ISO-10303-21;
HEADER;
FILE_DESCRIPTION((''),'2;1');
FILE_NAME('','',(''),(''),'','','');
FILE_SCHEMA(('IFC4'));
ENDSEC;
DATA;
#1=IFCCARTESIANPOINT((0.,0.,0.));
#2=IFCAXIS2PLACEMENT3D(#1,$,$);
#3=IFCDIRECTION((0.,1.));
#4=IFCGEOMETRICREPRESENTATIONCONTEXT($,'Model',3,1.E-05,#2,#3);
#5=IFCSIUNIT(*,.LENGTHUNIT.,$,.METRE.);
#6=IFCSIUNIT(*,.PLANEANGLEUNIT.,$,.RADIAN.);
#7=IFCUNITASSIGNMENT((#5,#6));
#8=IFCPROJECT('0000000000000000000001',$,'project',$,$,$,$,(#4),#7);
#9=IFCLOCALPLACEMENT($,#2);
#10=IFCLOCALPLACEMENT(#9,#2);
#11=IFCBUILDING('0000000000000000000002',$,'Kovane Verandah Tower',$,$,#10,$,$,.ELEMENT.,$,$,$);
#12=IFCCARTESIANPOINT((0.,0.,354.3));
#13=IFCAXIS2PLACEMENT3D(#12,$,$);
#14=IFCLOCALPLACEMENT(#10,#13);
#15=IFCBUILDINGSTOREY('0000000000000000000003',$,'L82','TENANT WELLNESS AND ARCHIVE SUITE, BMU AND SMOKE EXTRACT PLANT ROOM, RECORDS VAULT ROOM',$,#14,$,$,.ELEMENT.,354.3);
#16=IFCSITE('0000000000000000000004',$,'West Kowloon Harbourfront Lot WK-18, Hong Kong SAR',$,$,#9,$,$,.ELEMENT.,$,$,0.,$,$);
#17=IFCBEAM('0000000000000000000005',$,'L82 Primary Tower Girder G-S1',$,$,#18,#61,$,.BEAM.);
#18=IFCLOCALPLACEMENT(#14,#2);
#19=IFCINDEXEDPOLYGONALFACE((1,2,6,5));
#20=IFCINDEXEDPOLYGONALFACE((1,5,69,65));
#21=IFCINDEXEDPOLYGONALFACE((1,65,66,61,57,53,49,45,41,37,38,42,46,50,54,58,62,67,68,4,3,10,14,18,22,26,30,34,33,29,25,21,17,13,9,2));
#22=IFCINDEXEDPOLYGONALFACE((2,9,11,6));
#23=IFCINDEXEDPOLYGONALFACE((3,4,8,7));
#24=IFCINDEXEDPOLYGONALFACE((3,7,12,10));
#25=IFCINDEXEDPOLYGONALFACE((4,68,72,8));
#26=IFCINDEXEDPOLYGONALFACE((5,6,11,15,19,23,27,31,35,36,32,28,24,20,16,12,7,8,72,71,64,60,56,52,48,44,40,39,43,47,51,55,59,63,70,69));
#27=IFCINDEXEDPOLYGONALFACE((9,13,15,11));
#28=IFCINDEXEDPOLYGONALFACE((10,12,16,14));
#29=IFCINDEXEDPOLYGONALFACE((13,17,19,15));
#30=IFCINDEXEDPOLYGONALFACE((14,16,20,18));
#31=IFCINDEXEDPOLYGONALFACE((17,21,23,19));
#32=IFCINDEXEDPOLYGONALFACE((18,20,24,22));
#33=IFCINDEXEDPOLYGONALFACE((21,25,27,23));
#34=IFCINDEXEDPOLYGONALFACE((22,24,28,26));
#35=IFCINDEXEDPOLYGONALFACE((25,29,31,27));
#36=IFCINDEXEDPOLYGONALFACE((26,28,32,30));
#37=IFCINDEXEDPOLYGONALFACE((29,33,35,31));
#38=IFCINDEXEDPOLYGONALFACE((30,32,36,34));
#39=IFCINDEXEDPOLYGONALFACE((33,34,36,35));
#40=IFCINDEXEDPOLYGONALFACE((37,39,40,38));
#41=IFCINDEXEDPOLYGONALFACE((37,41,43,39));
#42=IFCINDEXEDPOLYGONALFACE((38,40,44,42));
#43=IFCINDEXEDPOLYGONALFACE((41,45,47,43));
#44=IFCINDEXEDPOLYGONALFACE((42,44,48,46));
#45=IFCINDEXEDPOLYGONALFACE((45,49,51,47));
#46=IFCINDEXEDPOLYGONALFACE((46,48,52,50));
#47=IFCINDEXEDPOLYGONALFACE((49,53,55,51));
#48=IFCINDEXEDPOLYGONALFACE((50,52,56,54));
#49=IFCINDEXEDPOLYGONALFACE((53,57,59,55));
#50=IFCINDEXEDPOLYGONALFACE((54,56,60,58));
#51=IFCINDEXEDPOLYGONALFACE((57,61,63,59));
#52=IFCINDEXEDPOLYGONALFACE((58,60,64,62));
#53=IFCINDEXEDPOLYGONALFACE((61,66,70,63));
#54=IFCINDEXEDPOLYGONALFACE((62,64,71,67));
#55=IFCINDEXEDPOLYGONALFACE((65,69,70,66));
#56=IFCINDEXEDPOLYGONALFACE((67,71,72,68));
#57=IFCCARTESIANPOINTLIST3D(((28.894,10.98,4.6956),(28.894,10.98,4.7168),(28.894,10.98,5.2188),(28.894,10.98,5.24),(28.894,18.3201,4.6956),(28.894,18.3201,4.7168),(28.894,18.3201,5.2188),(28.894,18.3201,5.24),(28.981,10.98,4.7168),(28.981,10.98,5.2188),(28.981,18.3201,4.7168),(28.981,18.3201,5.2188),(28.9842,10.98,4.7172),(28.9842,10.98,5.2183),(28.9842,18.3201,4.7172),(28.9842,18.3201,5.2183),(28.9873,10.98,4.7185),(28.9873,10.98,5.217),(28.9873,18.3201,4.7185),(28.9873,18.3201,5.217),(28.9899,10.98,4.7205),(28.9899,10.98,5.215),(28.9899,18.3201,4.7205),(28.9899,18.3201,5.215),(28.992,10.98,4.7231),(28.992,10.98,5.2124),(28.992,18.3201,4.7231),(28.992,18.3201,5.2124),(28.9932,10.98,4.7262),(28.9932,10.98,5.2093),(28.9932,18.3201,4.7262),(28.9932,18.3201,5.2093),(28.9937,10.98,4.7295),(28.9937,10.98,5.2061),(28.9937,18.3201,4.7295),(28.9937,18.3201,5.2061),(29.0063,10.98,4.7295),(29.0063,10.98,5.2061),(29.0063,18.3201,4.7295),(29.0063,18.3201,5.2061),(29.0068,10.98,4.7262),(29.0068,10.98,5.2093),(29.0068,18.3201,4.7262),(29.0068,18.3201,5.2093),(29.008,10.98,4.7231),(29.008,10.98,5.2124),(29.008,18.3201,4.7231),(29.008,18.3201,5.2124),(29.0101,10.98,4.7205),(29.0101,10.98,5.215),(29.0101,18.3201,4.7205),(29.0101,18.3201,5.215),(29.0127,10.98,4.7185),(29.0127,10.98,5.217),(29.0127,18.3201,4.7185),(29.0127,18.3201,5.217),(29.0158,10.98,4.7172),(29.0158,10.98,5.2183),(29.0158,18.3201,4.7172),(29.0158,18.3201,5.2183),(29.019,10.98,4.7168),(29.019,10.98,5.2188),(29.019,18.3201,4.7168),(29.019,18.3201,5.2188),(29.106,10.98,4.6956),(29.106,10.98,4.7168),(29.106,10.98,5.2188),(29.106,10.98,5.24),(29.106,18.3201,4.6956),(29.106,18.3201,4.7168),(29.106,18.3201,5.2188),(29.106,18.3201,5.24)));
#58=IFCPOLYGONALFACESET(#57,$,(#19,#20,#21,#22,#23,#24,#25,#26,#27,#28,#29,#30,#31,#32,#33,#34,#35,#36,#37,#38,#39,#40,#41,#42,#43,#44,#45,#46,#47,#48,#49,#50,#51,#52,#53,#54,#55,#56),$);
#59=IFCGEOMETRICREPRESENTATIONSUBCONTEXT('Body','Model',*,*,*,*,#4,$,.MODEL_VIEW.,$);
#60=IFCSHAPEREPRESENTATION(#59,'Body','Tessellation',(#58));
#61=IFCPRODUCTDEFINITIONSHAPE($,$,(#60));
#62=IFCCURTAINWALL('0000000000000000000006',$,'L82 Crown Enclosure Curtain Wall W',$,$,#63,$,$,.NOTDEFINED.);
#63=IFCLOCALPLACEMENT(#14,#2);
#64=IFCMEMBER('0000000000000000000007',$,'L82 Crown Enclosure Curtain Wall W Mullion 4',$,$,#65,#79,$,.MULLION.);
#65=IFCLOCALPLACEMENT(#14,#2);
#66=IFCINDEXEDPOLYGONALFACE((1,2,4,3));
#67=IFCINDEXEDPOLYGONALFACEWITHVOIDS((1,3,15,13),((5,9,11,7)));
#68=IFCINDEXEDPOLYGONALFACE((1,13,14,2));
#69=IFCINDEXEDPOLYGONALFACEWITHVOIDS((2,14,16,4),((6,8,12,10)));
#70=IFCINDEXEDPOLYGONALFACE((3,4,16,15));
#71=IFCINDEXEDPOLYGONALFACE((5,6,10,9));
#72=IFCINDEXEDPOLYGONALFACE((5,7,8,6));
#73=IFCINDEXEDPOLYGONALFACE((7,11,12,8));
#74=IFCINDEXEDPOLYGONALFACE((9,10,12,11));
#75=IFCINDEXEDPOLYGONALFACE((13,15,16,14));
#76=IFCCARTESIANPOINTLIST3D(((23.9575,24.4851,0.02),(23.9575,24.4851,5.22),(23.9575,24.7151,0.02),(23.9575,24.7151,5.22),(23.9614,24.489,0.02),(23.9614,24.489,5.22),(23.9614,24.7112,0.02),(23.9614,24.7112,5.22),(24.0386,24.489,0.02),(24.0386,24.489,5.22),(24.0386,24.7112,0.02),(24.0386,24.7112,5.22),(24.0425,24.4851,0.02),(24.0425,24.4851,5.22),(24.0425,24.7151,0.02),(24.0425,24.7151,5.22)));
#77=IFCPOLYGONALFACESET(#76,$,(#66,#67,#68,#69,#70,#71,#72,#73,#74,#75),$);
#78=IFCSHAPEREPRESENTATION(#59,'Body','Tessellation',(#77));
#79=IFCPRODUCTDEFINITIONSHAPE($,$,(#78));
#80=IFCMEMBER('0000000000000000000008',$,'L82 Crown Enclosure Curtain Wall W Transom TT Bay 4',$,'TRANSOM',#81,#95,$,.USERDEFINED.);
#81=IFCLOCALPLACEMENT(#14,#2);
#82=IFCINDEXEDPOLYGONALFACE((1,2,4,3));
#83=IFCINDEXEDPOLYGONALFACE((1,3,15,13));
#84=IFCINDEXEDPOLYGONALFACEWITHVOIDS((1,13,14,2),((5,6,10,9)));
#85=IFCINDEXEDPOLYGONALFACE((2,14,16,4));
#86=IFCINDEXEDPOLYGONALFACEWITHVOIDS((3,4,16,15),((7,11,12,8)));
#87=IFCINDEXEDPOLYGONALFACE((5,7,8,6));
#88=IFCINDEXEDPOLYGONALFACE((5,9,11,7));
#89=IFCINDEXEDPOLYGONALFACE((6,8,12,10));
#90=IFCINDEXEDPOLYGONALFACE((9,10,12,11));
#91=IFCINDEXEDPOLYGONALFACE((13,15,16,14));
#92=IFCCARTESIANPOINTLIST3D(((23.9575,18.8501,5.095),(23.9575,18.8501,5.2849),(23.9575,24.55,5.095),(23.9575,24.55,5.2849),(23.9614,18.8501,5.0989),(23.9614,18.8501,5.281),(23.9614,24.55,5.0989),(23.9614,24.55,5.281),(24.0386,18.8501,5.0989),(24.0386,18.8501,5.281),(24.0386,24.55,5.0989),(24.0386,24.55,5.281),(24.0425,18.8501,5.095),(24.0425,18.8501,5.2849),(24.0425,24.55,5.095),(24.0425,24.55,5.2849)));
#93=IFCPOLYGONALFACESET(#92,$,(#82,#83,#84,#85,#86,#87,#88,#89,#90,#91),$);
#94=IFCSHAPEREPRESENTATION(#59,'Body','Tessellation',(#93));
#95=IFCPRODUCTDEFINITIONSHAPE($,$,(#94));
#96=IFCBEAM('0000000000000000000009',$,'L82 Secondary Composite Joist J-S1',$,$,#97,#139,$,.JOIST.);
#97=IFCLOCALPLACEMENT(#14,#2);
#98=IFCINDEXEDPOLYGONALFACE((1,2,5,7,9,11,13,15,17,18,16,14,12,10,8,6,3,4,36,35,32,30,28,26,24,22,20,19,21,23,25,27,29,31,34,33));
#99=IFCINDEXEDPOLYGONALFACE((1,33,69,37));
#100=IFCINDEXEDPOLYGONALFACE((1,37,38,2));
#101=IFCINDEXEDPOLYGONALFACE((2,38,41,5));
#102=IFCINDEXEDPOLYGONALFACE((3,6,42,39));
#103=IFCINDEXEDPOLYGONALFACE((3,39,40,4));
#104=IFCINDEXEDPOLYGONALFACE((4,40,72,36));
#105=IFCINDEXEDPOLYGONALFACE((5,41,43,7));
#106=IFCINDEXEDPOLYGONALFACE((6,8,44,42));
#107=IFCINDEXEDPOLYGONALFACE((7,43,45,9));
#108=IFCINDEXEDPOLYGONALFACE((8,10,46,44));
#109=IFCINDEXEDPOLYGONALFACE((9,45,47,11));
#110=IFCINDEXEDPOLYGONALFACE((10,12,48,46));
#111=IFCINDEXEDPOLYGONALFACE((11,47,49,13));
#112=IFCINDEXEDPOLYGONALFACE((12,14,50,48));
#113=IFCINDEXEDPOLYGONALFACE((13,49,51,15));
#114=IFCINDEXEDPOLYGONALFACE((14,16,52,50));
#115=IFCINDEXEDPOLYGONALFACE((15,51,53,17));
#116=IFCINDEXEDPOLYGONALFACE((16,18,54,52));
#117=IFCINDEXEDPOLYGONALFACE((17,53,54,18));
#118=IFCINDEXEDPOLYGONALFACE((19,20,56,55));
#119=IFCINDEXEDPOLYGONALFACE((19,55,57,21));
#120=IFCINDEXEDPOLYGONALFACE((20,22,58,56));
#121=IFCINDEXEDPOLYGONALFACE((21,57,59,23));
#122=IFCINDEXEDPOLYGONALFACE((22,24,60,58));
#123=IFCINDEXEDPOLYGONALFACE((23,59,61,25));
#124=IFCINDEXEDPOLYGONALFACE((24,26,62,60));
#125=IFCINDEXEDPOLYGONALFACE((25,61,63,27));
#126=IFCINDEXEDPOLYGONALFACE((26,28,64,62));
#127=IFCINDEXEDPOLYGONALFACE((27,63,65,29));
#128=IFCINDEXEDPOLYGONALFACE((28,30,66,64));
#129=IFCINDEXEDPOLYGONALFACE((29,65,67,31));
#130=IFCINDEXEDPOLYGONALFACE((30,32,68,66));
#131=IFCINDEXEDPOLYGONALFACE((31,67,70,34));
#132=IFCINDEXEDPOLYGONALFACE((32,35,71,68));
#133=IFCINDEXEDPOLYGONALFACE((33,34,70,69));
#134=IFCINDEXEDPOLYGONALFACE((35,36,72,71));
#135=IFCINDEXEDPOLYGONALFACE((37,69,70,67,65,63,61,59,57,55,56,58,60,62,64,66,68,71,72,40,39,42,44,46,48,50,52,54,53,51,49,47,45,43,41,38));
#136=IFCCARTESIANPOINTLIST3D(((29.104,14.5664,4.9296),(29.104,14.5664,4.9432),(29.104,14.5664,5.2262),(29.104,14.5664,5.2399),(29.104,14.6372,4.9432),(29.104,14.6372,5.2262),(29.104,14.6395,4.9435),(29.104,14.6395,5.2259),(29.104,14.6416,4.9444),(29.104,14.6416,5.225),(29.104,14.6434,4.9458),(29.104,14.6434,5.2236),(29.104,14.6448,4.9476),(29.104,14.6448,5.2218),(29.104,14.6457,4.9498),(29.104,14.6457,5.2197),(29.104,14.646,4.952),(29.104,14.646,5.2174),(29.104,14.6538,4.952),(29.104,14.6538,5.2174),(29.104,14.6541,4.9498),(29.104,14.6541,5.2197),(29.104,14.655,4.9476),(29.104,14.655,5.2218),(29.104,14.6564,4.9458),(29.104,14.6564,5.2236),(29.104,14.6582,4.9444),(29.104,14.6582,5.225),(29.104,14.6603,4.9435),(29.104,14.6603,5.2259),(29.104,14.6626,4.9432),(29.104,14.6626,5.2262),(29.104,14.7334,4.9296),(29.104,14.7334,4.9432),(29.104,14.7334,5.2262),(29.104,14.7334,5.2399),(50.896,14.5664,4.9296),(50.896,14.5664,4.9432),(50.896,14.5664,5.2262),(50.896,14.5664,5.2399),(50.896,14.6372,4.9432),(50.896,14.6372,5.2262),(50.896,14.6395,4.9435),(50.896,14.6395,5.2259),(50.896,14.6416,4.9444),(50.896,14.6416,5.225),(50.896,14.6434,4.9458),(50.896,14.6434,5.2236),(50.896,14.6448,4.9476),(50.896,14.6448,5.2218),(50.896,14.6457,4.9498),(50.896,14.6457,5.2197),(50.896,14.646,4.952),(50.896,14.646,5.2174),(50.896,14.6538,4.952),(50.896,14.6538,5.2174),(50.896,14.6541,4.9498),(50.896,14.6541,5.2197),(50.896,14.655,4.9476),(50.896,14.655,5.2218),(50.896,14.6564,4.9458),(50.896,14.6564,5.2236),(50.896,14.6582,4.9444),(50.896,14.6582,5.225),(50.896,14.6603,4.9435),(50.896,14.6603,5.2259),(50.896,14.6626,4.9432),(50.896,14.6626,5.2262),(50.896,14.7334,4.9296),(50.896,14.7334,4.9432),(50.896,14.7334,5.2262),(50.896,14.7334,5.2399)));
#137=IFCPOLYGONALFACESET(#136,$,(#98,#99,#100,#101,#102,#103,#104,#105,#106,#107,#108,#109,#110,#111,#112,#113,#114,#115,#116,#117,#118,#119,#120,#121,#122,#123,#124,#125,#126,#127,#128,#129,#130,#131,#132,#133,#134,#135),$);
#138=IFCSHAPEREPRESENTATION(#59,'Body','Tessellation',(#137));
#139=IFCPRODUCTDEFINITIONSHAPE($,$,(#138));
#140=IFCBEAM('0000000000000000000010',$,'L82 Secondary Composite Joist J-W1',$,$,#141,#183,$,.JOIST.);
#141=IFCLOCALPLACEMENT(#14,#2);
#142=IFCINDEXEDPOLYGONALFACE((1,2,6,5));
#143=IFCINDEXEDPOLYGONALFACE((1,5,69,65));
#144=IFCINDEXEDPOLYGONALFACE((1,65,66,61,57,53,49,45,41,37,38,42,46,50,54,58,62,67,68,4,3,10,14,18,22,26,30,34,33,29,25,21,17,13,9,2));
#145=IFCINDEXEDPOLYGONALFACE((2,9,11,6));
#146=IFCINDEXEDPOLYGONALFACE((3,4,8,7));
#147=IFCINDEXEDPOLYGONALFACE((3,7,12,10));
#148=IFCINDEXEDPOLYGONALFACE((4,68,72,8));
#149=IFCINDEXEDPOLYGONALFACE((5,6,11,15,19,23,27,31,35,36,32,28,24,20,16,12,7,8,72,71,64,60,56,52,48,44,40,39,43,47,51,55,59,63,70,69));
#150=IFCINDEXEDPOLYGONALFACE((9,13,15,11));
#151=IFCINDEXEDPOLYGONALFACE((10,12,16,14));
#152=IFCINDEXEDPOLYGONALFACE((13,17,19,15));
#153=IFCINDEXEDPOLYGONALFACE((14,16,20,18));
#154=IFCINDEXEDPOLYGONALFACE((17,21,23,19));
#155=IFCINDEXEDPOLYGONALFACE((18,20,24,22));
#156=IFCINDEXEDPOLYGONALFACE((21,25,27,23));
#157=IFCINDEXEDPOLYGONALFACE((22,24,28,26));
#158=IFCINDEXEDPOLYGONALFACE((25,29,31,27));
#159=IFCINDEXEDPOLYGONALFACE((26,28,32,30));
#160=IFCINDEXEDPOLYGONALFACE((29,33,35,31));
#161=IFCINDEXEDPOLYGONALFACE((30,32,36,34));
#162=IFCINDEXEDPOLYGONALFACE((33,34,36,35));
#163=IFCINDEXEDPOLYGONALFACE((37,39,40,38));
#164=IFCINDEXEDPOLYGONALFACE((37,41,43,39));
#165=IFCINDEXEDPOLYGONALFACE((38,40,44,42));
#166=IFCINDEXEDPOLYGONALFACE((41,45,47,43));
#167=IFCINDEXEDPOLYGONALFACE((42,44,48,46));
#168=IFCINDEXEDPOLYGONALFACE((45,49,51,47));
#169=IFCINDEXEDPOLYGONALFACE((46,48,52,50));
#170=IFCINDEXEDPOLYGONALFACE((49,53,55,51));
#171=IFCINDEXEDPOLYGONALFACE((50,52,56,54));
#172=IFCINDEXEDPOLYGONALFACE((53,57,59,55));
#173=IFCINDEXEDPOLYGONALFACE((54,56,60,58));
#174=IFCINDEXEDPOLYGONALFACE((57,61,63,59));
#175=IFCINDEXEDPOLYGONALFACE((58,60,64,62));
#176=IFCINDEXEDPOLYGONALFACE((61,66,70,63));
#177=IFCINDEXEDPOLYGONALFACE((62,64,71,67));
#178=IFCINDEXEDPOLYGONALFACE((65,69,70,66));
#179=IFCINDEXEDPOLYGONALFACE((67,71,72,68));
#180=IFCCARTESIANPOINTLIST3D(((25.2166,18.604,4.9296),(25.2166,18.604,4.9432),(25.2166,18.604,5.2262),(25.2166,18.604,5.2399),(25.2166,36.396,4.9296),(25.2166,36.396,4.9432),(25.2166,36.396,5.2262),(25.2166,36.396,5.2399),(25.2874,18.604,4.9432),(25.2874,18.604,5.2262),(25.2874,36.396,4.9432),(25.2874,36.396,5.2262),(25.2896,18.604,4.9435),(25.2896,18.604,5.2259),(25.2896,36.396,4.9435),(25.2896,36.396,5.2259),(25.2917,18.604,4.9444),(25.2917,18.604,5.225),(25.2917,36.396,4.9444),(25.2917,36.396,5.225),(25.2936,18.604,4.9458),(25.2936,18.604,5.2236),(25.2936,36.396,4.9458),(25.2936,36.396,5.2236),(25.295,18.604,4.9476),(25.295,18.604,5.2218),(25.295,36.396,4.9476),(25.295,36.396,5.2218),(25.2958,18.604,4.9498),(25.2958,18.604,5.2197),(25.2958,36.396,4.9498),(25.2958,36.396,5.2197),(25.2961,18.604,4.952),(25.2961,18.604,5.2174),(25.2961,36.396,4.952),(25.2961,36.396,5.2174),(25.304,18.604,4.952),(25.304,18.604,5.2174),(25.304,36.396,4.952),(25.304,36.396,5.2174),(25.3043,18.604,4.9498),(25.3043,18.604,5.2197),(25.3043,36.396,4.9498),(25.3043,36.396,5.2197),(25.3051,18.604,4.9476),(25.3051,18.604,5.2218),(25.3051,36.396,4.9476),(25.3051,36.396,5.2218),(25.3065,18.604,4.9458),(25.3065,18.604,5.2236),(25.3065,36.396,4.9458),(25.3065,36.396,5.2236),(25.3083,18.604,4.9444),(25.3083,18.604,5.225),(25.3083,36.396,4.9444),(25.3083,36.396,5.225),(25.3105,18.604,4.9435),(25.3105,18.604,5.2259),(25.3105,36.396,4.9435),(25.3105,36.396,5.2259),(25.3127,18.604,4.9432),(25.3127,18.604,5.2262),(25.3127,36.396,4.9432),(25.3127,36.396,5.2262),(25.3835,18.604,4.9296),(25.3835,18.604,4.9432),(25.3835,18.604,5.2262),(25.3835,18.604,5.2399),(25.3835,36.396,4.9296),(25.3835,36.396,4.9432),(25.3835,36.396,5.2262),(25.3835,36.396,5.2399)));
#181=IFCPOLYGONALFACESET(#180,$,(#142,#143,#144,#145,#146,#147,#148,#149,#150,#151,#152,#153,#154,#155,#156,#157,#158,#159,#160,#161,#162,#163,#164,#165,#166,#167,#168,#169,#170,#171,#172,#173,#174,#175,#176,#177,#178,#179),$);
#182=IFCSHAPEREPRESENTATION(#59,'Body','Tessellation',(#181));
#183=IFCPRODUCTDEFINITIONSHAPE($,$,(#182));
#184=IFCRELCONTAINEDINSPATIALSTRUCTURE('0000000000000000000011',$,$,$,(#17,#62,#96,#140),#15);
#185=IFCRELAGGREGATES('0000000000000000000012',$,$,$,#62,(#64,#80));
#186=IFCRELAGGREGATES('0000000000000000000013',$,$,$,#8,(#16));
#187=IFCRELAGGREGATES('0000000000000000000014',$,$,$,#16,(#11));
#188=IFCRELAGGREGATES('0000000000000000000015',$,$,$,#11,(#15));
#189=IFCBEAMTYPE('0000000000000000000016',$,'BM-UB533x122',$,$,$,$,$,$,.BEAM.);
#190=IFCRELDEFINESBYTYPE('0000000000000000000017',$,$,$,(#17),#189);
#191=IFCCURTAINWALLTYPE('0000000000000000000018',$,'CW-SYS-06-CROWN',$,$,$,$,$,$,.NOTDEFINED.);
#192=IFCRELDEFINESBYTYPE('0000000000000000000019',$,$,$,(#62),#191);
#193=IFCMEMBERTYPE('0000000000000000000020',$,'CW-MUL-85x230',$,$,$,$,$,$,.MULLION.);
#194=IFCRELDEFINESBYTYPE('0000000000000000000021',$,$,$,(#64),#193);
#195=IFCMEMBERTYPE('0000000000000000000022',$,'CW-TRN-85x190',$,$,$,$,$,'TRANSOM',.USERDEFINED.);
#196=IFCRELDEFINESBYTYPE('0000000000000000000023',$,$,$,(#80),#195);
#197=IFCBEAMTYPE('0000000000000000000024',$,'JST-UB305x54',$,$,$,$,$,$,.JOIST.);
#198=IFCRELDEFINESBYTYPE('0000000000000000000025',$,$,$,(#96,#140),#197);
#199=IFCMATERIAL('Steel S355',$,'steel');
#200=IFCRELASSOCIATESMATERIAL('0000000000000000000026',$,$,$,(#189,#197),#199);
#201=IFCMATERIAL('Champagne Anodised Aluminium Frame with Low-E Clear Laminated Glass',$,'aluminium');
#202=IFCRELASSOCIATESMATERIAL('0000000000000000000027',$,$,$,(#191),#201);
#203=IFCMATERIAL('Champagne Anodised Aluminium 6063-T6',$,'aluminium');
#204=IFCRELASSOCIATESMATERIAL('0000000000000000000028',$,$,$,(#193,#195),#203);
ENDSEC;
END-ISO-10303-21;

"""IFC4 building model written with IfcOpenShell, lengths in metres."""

from ifc_helpers import new_model, si_unit, direction, frame, origin, origin_2d, place, context, subcontext, project, spatial, hollow_rectangle, i_section, extrude, material, material_profile, profile_set, type_object, element, aggregate, save


model = new_model("IFC4")

# Units and contexts
model_context = context("Model", 3, precision=1e-05, world=origin(), true_north=direction((0.0, 1.0)))
body_context = subcontext(model_context, "Body", "Model", "MODEL_VIEW")
ifc_project = project(units=[si_unit("LENGTHUNIT", "METRE"), si_unit("PLANEANGLEUNIT", "RADIAN")], contexts=[model_context])

# Site, building, storey
site_placement = place(None, origin())
site = spatial("IfcSite", under=ifc_project, at=site_placement, Name="West Kowloon Harbourfront Lot WK-18, Hong Kong SAR", CompositionType="ELEMENT", RefElevation=0.0)
building_placement = place(site_placement, origin())
building = spatial("IfcBuilding", under=site, at=building_placement, Name="Kovane Verandah Tower", CompositionType="ELEMENT")
storey_placement = place(building_placement, frame((0.0, 0.0, 354.3)))
storey = spatial("IfcBuildingStorey", under=building, at=storey_placement, Name="L82", Description="TENANT WELLNESS AND ARCHIVE SUITE, BMU AND SMOKE EXTRACT PLANT ROOM, RECORDS VAULT ROOM", CompositionType="ELEMENT", Elevation=354.3)

# Beam
ifc_material_1 = material(Name="Steel S355", Category="steel")
ifc_material_profile_1 = material_profile(ifc_material_1, i_section(OverallWidth=0.2119, OverallDepth=0.5444, WebThickness=0.0127, FlangeThickness=0.0212, FilletRadius=0.0127, at=origin_2d()), Name="UB533x210x122")
ifc_profile_set_1 = profile_set([ifc_material_profile_1], Name="Steel S355")
beam_type_1 = type_object("IfcBeamType", Name="BM-UB533x122", PredefinedType="BEAM", material=ifc_profile_set_1)
beam_1_placement = place(storey_placement, frame((29.0, 18.3201, 4.9678), z_axis=(0.0, -1.0, 0.0), x_axis=(1.0, 0.0, 0.0)))
element("IfcBeam", 1, at=beam_1_placement, inside=storey, type_object=beam_type_1, Name="L82 Primary Tower Girder G-S1", PredefinedType="BEAM", context=body_context, shape_type="SweptSolid", body=[
    extrude(i_section(OverallWidth=0.2119, OverallDepth=0.5444, WebThickness=0.0127, FlangeThickness=0.0212, FilletRadius=0.0127, at=origin_2d()), origin(), (0.0, 0.0, 1.0), 7.3401),
])

# Curtain wall, members
ifc_material_2 = material(Name="Champagne Anodised Aluminium Frame with Low-E Clear Laminated Glass", Category="aluminium")
curtain_wall_type = type_object("IfcCurtainWallType", Name="CW-SYS-06-CROWN", PredefinedType="NOTDEFINED", material=ifc_material_2)
curtain_wall_placement = place(storey_placement, origin())
curtain_wall = element("IfcCurtainWall", 2, at=curtain_wall_placement, inside=storey, type_object=curtain_wall_type, Name="L82 Crown Enclosure Curtain Wall W", PredefinedType="NOTDEFINED")
ifc_material_3 = material(Name="Champagne Anodised Aluminium 6063-T6", Category="aluminium")
ifc_material_profile_2 = material_profile(ifc_material_3, hollow_rectangle(XDim=0.085, YDim=0.23, WallThickness=0.0039, at=origin_2d()), Name="AL85x230x4")
ifc_profile_set_2 = profile_set([ifc_material_profile_2], Name="Champagne Anodised Aluminium 6063-T6")
member_type_1 = type_object("IfcMemberType", Name="CW-MUL-85x230", PredefinedType="MULLION", material=ifc_profile_set_2)
member_1_placement = place(storey_placement, frame((24.0, 24.6001, 0.02), z_axis=(0.0, 0.0, 1.0), x_axis=(-1.0, 0.0, 0.0)))
member_1 = element("IfcMember", 3, at=member_1_placement, type_object=member_type_1, Name="L82 Crown Enclosure Curtain Wall W Mullion 4", PredefinedType="MULLION", context=body_context, shape_type="SweptSolid", body=[
    extrude(hollow_rectangle(XDim=0.085, YDim=0.23, WallThickness=0.0039, at=origin_2d()), origin(), (0.0, 0.0, 1.0), 5.2),
])
ifc_material_profile_3 = material_profile(ifc_material_3, hollow_rectangle(XDim=0.085, YDim=0.1899, WallThickness=0.0039, at=origin_2d()), Name="AL85x190x4")
ifc_profile_set_3 = profile_set([ifc_material_profile_3], Name="Champagne Anodised Aluminium 6063-T6")
member_type_2 = type_object("IfcMemberType", Name="CW-TRN-85x190", ElementType="TRANSOM", PredefinedType="USERDEFINED", material=ifc_profile_set_3)
member_2_placement = place(storey_placement, frame((24.0, 24.55, 5.1899), z_axis=(0.0, -1.0, 0.0), x_axis=(1.0, 0.0, 0.0)))
member_2 = element("IfcMember", 4, at=member_2_placement, type_object=member_type_2, Name="L82 Crown Enclosure Curtain Wall W Transom TT Bay 4", ObjectType="TRANSOM", PredefinedType="USERDEFINED", context=body_context, shape_type="SweptSolid", body=[
    extrude(hollow_rectangle(XDim=0.085, YDim=0.1899, WallThickness=0.0039, at=origin_2d()), origin(), (0.0, 0.0, 1.0), 5.7),
])
aggregate(curtain_wall, [member_1, member_2])

# Beams
ifc_material_profile_4 = material_profile(ifc_material_1, i_section(OverallWidth=0.167, OverallDepth=0.3103, WebThickness=0.0078, FlangeThickness=0.0137, FilletRadius=0.0088, at=origin_2d()), Name="UB305x165x54")
ifc_profile_set_4 = profile_set([ifc_material_profile_4], Name="Steel S355")
beam_type_2 = type_object("IfcBeamType", Name="JST-UB305x54", PredefinedType="JOIST", material=ifc_profile_set_4)
beam_2_placement = place(storey_placement, frame((29.104, 14.6499, 5.0847), z_axis=(1.0, 0.0, 0.0), x_axis=(0.0, 1.0, 0.0)))
element("IfcBeam", 5, at=beam_2_placement, inside=storey, type_object=beam_type_2, Name="L82 Secondary Composite Joist J-S1", PredefinedType="JOIST", context=body_context, shape_type="SweptSolid", body=[
    extrude(i_section(OverallWidth=0.167, OverallDepth=0.3103, WebThickness=0.0078, FlangeThickness=0.0137, FilletRadius=0.0088, at=origin_2d()), origin(), (0.0, 0.0, 1.0), 21.792),
])
beam_3_placement = place(storey_placement, frame((25.3, 18.604, 5.0847), z_axis=(0.0, 1.0, 0.0), x_axis=(-1.0, 0.0, 0.0)))
element("IfcBeam", 6, at=beam_3_placement, inside=storey, type_object=beam_type_2, Name="L82 Secondary Composite Joist J-W1", PredefinedType="JOIST", context=body_context, shape_type="SweptSolid", body=[
    extrude(i_section(OverallWidth=0.167, OverallDepth=0.3103, WebThickness=0.0078, FlangeThickness=0.0137, FilletRadius=0.0088, at=origin_2d()), origin(), (0.0, 0.0, 1.0), 17.792),
])

save(model, "model.ifc")
